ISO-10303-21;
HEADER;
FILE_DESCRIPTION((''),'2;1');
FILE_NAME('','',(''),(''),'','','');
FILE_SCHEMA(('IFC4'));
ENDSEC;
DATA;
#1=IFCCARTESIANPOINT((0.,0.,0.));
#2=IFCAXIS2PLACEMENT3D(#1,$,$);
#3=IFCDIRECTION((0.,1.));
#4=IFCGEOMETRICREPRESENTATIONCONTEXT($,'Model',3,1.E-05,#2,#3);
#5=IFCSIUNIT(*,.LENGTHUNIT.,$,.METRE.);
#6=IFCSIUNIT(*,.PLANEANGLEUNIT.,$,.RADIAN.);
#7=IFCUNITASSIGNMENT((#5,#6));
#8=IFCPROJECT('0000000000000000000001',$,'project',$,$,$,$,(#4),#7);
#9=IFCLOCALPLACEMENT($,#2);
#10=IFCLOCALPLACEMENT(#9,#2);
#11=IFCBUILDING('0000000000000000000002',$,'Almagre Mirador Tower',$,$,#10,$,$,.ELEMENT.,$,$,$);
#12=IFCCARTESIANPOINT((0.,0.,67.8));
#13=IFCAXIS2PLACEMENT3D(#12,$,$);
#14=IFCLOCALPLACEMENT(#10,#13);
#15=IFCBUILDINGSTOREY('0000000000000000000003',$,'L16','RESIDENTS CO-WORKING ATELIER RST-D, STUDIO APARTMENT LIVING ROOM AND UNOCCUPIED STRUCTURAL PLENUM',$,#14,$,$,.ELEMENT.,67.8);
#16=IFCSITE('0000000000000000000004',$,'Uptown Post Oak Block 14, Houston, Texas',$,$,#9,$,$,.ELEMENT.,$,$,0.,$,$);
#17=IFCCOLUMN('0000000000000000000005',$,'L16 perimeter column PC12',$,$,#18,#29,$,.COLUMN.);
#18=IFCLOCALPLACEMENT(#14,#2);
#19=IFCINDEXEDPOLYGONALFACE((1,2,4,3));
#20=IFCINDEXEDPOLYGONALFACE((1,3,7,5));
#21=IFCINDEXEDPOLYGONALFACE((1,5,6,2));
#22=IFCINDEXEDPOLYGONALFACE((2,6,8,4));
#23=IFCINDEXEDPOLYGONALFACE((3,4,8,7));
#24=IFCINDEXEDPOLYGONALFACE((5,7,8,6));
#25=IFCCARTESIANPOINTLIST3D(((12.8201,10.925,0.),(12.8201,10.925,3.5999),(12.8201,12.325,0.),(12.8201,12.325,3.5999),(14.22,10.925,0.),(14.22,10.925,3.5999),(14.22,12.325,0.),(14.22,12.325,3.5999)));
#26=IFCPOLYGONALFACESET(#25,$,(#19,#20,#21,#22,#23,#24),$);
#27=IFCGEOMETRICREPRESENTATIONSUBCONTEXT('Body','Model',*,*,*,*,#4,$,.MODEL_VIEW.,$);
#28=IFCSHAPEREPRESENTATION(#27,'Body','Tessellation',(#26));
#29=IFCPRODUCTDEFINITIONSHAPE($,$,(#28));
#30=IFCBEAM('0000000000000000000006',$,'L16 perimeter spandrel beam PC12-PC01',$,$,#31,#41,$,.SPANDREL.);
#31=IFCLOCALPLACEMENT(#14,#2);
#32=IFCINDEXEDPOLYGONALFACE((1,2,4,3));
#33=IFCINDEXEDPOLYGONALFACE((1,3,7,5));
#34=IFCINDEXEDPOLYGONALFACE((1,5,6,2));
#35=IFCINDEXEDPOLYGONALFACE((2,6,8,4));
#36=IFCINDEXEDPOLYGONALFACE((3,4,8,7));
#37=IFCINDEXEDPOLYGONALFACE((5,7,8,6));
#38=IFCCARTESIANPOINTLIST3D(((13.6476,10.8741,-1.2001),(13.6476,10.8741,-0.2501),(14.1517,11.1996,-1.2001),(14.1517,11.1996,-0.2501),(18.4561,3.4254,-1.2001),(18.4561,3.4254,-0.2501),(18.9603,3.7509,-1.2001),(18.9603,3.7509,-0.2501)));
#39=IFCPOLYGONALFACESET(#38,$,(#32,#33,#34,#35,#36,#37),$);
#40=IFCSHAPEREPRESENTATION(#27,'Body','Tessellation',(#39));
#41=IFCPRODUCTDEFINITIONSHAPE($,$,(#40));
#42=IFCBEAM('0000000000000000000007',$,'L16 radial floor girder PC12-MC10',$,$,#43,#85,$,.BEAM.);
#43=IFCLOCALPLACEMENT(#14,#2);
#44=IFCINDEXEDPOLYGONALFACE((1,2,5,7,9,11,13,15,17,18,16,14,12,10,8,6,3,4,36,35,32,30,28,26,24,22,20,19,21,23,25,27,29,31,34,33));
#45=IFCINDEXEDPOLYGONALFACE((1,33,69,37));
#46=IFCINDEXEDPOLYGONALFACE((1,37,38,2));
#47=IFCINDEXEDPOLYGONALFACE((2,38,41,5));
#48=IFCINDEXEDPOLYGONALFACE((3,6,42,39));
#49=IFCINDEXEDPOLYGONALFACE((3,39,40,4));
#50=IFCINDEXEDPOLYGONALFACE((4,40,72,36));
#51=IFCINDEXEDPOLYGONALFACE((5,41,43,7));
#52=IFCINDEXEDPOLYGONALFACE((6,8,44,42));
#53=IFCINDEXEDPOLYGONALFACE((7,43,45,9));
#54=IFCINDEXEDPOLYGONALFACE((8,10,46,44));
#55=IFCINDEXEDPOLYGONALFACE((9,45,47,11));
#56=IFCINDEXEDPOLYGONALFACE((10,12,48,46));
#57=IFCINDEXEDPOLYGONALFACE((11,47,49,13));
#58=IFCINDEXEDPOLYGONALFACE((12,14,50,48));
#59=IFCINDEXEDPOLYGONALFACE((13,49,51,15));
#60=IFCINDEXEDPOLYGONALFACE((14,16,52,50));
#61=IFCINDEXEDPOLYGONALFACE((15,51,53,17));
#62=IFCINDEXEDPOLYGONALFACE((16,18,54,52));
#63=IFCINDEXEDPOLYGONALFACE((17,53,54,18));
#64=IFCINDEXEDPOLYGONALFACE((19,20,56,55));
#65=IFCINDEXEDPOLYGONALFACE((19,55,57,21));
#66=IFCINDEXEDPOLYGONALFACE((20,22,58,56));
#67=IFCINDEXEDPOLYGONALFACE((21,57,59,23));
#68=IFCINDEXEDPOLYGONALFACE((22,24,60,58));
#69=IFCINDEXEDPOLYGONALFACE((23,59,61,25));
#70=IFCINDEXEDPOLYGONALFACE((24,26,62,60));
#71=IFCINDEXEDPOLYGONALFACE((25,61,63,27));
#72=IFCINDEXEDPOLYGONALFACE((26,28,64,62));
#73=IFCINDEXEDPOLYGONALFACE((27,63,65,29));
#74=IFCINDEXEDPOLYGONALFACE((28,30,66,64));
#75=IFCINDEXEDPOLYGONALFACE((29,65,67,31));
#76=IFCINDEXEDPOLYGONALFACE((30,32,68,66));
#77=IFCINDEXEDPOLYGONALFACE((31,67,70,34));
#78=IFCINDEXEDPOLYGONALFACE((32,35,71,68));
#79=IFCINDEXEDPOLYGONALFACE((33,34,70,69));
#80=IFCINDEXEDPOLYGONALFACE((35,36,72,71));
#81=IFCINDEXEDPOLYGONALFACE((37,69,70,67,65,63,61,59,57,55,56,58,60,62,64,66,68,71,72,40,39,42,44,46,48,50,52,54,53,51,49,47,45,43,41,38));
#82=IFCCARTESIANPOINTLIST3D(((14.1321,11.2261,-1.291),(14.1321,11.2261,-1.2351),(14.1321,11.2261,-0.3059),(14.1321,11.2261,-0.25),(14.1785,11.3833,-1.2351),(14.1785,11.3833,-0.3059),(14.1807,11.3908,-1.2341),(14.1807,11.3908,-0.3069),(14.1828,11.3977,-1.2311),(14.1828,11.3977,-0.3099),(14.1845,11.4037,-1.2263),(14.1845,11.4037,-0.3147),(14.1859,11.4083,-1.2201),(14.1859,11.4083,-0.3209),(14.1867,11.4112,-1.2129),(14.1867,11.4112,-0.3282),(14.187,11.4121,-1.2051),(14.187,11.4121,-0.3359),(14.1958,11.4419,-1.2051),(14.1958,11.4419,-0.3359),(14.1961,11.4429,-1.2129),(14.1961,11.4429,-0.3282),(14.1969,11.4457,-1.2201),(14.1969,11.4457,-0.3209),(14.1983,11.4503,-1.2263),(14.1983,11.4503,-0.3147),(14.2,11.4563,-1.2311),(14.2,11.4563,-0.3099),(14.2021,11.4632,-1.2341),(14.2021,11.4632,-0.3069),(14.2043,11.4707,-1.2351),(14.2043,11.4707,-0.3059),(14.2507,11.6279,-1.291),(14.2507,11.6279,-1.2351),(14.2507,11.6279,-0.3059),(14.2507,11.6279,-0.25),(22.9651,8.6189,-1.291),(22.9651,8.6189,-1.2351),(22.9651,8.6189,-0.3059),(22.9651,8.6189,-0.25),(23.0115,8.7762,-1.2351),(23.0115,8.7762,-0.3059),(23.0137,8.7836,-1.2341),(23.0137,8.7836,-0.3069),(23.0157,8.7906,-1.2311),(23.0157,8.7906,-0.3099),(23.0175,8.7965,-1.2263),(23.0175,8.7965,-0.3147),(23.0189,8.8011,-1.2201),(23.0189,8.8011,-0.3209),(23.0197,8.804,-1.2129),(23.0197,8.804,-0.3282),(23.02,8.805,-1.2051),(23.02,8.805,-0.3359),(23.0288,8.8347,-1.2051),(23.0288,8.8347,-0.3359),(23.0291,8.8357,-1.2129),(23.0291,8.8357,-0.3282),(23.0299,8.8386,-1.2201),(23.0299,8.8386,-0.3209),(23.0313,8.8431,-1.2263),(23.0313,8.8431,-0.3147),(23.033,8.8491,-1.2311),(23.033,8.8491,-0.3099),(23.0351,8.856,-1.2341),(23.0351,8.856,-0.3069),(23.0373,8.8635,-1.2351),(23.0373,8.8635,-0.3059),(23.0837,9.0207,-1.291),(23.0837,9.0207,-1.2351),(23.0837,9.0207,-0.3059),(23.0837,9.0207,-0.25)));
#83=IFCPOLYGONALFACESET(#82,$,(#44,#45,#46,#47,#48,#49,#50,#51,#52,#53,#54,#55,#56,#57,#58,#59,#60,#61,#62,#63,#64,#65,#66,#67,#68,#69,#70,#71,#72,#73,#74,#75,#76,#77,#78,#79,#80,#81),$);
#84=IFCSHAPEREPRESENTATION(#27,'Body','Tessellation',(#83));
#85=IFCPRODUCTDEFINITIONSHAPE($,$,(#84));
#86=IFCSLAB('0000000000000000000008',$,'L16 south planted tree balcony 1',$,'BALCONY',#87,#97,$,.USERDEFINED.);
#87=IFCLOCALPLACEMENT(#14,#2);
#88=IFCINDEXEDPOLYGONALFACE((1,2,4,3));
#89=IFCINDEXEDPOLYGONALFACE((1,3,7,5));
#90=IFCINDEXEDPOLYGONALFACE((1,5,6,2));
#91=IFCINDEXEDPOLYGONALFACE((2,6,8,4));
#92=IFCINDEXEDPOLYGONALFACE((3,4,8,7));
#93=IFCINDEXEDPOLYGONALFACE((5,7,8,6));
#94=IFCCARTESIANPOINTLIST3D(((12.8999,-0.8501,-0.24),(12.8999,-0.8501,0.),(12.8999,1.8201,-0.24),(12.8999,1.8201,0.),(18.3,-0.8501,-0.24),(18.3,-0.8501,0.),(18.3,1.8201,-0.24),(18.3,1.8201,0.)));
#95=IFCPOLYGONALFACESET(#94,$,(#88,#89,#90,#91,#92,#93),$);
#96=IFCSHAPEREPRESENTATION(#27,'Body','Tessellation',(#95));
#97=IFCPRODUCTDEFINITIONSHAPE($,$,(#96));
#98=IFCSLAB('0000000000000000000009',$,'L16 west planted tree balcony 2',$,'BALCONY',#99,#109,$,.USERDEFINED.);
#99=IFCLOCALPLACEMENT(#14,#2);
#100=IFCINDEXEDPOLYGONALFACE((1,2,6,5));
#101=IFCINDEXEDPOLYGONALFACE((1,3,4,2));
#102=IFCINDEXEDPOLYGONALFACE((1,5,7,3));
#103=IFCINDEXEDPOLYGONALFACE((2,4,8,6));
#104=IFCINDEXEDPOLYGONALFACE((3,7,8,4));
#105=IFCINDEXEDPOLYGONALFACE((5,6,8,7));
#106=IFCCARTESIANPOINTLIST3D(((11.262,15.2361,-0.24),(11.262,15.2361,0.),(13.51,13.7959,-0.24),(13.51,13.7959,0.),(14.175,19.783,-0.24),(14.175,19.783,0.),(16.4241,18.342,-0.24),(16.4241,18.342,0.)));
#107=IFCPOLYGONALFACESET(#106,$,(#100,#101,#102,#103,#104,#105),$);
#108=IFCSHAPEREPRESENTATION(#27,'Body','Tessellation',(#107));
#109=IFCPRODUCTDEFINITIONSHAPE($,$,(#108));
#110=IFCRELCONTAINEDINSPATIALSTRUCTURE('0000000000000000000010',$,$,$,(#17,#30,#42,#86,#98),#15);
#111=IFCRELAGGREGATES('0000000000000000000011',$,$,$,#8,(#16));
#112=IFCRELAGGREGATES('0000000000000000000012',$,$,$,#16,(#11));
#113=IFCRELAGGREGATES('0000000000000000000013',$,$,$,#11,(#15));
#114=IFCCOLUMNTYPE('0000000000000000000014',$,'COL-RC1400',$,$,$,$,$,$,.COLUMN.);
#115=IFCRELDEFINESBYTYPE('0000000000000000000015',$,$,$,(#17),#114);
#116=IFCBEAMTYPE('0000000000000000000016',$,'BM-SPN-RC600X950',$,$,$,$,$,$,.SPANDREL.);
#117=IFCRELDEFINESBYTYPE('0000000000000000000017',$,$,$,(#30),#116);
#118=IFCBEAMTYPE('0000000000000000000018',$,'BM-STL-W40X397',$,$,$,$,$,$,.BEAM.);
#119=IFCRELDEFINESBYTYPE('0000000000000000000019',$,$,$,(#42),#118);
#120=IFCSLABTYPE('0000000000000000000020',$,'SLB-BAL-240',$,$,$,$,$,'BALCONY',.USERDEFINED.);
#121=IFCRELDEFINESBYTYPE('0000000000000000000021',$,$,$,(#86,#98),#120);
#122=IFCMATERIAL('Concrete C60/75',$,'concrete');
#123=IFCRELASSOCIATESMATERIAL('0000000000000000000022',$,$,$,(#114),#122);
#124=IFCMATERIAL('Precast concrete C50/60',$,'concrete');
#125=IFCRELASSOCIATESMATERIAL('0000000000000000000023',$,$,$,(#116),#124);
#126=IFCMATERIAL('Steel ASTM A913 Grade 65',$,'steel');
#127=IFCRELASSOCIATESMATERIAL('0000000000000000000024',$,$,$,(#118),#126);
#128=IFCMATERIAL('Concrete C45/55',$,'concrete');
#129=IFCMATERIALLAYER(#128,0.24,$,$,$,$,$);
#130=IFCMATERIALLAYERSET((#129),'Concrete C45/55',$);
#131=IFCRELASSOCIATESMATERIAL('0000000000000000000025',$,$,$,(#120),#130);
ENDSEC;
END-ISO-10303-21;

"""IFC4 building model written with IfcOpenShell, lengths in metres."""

from ifc_helpers import new_model, si_unit, direction, frame, origin, origin_2d, place, context, subcontext, project, spatial, polyline, rectangle, i_section, outline, extrude, material, layer, layer_set, material_profile, profile_set, type_object, element, save


model = new_model("IFC4")

# Units and contexts
model_context = context("Model", 3, precision=1e-05, world=origin(), true_north=direction((0.0, 1.0)))
body_context = subcontext(model_context, "Body", "Model", "MODEL_VIEW")
ifc_project = project(units=[si_unit("LENGTHUNIT", "METRE"), si_unit("PLANEANGLEUNIT", "RADIAN")], contexts=[model_context])

# Site, building, storey
site_placement = place(None, origin())
site = spatial("IfcSite", under=ifc_project, at=site_placement, Name="Uptown Post Oak Block 14, Houston, Texas", CompositionType="ELEMENT", RefElevation=0.0)
building_placement = place(site_placement, origin())
building = spatial("IfcBuilding", under=site, at=building_placement, Name="Almagre Mirador Tower", CompositionType="ELEMENT")
storey_placement = place(building_placement, frame((0.0, 0.0, 67.8)))
storey = spatial("IfcBuildingStorey", under=building, at=storey_placement, Name="L16", Description="RESIDENTS CO-WORKING ATELIER RST-D, STUDIO APARTMENT LIVING ROOM AND UNOCCUPIED STRUCTURAL PLENUM", CompositionType="ELEMENT", Elevation=67.8)

# Column
ifc_material_1 = material(Name="Concrete C60/75", Category="concrete")
ifc_material_profile_1 = material_profile(ifc_material_1, rectangle(XDim=1.3999, YDim=1.3999, at=origin_2d()), Name="RC1400X1400")
ifc_profile_set_1 = profile_set([ifc_material_profile_1], Name="Concrete C60/75")
column_type = type_object("IfcColumnType", Name="COL-RC1400", PredefinedType="COLUMN", material=ifc_profile_set_1)
column_placement = place(storey_placement, frame((13.52, 11.625, 0.0), z_axis=(0.0, 0.0, 1.0), x_axis=(1.0, 0.0, 0.0)))
element("IfcColumn", 1, at=column_placement, inside=storey, type_object=column_type, Name="L16 perimeter column PC12", PredefinedType="COLUMN", context=body_context, shape_type="SweptSolid", body=[
    extrude(rectangle(XDim=1.3999, YDim=1.3999, at=origin_2d()), origin(), (0.0, 0.0, 1.0), 3.5999),
])

# Beams
ifc_material_2 = material(Name="Precast concrete C50/60", Category="concrete")
ifc_material_profile_2 = material_profile(ifc_material_2, rectangle(XDim=0.6001, YDim=0.95, at=origin_2d()), Name="RC600X950")
ifc_profile_set_2 = profile_set([ifc_material_profile_2], Name="Precast concrete C50/60")
beam_type_1 = type_object("IfcBeamType", Name="BM-SPN-RC600X950", PredefinedType="SPANDREL", material=ifc_profile_set_2)
beam_1_placement = place(storey_placement, frame((13.8997, 11.0369, -0.7251), z_axis=(0.542363, -0.840144, 0.0), x_axis=(0.840144, 0.542363, 0.0)))
element("IfcBeam", 2, at=beam_1_placement, inside=storey, type_object=beam_type_1, Name="L16 perimeter spandrel beam PC12-PC01", PredefinedType="SPANDREL", context=body_context, shape_type="SweptSolid", body=[
    extrude(rectangle(XDim=0.6001, YDim=0.95, at=origin_2d()), origin(), (0.0, 0.0, 1.0), 8.866),
])
ifc_material_3 = material(Name="Steel ASTM A913 Grade 65", Category="steel")
ifc_material_profile_3 = material_profile(ifc_material_3, i_section(OverallWidth=0.4189, OverallDepth=1.041, WebThickness=0.031, FlangeThickness=0.0559, FilletRadius=0.03, at=origin_2d()), Name="W40X397")
ifc_profile_set_3 = profile_set([ifc_material_profile_3], Name="Steel ASTM A913 Grade 65")
beam_type_2 = type_object("IfcBeamType", Name="BM-STL-W40X397", PredefinedType="BEAM", material=ifc_profile_set_3)
beam_2_placement = place(storey_placement, frame((14.1914, 11.427, -0.7705), z_axis=(0.959094, -0.283089, 0.0), x_axis=(0.283089, 0.959094, 0.0)))
element("IfcBeam", 3, at=beam_2_placement, inside=storey, type_object=beam_type_2, Name="L16 radial floor girder PC12-MC10", PredefinedType="BEAM", context=body_context, shape_type="SweptSolid", body=[
    extrude(i_section(OverallWidth=0.4189, OverallDepth=1.041, WebThickness=0.031, FlangeThickness=0.0559, FilletRadius=0.03, at=origin_2d()), origin(), (0.0, 0.0, 1.0), 9.2097),
])

# Slabs
ifc_material_4 = material(Name="Concrete C45/55", Category="concrete")
ifc_layer_1 = layer(ifc_material_4, 0.24)
ifc_layer_set_1 = layer_set([ifc_layer_1], Name="Concrete C45/55")
slab_type_1 = type_object("IfcSlabType", Name="SLB-BAL-240", ElementType="BALCONY", PredefinedType="USERDEFINED", material=ifc_layer_set_1)
slab_1_placement = place(storey_placement, frame((0.0, 0.0, -0.24)))
element("IfcSlab", 4, at=slab_1_placement, inside=storey, type_object=slab_type_1, Name="L16 south planted tree balcony 1", ObjectType="BALCONY", PredefinedType="USERDEFINED", context=body_context, shape_type="SweptSolid", body=[
    extrude(outline(polyline([(12.8999, 1.8201), (18.3, 1.8201), (18.3, -0.8501), (12.8999, -0.8501), (12.8999, 1.8201)])), origin(), (0.0, 0.0, 1.0), 0.24),
])
slab_2_placement = place(storey_placement, frame((0.0, 0.0, -0.24)))
element("IfcSlab", 5, at=slab_2_placement, inside=storey, type_object=slab_type_1, Name="L16 west planted tree balcony 2", ObjectType="BALCONY", PredefinedType="USERDEFINED", context=body_context, shape_type="SweptSolid", body=[
    extrude(outline(polyline([(16.4241, 18.342), (13.51, 13.7959), (11.262, 15.2361), (14.175, 19.783), (16.4241, 18.342)])), origin(), (0.0, 0.0, 1.0), 0.24),
])

save(model, "model.ifc")
